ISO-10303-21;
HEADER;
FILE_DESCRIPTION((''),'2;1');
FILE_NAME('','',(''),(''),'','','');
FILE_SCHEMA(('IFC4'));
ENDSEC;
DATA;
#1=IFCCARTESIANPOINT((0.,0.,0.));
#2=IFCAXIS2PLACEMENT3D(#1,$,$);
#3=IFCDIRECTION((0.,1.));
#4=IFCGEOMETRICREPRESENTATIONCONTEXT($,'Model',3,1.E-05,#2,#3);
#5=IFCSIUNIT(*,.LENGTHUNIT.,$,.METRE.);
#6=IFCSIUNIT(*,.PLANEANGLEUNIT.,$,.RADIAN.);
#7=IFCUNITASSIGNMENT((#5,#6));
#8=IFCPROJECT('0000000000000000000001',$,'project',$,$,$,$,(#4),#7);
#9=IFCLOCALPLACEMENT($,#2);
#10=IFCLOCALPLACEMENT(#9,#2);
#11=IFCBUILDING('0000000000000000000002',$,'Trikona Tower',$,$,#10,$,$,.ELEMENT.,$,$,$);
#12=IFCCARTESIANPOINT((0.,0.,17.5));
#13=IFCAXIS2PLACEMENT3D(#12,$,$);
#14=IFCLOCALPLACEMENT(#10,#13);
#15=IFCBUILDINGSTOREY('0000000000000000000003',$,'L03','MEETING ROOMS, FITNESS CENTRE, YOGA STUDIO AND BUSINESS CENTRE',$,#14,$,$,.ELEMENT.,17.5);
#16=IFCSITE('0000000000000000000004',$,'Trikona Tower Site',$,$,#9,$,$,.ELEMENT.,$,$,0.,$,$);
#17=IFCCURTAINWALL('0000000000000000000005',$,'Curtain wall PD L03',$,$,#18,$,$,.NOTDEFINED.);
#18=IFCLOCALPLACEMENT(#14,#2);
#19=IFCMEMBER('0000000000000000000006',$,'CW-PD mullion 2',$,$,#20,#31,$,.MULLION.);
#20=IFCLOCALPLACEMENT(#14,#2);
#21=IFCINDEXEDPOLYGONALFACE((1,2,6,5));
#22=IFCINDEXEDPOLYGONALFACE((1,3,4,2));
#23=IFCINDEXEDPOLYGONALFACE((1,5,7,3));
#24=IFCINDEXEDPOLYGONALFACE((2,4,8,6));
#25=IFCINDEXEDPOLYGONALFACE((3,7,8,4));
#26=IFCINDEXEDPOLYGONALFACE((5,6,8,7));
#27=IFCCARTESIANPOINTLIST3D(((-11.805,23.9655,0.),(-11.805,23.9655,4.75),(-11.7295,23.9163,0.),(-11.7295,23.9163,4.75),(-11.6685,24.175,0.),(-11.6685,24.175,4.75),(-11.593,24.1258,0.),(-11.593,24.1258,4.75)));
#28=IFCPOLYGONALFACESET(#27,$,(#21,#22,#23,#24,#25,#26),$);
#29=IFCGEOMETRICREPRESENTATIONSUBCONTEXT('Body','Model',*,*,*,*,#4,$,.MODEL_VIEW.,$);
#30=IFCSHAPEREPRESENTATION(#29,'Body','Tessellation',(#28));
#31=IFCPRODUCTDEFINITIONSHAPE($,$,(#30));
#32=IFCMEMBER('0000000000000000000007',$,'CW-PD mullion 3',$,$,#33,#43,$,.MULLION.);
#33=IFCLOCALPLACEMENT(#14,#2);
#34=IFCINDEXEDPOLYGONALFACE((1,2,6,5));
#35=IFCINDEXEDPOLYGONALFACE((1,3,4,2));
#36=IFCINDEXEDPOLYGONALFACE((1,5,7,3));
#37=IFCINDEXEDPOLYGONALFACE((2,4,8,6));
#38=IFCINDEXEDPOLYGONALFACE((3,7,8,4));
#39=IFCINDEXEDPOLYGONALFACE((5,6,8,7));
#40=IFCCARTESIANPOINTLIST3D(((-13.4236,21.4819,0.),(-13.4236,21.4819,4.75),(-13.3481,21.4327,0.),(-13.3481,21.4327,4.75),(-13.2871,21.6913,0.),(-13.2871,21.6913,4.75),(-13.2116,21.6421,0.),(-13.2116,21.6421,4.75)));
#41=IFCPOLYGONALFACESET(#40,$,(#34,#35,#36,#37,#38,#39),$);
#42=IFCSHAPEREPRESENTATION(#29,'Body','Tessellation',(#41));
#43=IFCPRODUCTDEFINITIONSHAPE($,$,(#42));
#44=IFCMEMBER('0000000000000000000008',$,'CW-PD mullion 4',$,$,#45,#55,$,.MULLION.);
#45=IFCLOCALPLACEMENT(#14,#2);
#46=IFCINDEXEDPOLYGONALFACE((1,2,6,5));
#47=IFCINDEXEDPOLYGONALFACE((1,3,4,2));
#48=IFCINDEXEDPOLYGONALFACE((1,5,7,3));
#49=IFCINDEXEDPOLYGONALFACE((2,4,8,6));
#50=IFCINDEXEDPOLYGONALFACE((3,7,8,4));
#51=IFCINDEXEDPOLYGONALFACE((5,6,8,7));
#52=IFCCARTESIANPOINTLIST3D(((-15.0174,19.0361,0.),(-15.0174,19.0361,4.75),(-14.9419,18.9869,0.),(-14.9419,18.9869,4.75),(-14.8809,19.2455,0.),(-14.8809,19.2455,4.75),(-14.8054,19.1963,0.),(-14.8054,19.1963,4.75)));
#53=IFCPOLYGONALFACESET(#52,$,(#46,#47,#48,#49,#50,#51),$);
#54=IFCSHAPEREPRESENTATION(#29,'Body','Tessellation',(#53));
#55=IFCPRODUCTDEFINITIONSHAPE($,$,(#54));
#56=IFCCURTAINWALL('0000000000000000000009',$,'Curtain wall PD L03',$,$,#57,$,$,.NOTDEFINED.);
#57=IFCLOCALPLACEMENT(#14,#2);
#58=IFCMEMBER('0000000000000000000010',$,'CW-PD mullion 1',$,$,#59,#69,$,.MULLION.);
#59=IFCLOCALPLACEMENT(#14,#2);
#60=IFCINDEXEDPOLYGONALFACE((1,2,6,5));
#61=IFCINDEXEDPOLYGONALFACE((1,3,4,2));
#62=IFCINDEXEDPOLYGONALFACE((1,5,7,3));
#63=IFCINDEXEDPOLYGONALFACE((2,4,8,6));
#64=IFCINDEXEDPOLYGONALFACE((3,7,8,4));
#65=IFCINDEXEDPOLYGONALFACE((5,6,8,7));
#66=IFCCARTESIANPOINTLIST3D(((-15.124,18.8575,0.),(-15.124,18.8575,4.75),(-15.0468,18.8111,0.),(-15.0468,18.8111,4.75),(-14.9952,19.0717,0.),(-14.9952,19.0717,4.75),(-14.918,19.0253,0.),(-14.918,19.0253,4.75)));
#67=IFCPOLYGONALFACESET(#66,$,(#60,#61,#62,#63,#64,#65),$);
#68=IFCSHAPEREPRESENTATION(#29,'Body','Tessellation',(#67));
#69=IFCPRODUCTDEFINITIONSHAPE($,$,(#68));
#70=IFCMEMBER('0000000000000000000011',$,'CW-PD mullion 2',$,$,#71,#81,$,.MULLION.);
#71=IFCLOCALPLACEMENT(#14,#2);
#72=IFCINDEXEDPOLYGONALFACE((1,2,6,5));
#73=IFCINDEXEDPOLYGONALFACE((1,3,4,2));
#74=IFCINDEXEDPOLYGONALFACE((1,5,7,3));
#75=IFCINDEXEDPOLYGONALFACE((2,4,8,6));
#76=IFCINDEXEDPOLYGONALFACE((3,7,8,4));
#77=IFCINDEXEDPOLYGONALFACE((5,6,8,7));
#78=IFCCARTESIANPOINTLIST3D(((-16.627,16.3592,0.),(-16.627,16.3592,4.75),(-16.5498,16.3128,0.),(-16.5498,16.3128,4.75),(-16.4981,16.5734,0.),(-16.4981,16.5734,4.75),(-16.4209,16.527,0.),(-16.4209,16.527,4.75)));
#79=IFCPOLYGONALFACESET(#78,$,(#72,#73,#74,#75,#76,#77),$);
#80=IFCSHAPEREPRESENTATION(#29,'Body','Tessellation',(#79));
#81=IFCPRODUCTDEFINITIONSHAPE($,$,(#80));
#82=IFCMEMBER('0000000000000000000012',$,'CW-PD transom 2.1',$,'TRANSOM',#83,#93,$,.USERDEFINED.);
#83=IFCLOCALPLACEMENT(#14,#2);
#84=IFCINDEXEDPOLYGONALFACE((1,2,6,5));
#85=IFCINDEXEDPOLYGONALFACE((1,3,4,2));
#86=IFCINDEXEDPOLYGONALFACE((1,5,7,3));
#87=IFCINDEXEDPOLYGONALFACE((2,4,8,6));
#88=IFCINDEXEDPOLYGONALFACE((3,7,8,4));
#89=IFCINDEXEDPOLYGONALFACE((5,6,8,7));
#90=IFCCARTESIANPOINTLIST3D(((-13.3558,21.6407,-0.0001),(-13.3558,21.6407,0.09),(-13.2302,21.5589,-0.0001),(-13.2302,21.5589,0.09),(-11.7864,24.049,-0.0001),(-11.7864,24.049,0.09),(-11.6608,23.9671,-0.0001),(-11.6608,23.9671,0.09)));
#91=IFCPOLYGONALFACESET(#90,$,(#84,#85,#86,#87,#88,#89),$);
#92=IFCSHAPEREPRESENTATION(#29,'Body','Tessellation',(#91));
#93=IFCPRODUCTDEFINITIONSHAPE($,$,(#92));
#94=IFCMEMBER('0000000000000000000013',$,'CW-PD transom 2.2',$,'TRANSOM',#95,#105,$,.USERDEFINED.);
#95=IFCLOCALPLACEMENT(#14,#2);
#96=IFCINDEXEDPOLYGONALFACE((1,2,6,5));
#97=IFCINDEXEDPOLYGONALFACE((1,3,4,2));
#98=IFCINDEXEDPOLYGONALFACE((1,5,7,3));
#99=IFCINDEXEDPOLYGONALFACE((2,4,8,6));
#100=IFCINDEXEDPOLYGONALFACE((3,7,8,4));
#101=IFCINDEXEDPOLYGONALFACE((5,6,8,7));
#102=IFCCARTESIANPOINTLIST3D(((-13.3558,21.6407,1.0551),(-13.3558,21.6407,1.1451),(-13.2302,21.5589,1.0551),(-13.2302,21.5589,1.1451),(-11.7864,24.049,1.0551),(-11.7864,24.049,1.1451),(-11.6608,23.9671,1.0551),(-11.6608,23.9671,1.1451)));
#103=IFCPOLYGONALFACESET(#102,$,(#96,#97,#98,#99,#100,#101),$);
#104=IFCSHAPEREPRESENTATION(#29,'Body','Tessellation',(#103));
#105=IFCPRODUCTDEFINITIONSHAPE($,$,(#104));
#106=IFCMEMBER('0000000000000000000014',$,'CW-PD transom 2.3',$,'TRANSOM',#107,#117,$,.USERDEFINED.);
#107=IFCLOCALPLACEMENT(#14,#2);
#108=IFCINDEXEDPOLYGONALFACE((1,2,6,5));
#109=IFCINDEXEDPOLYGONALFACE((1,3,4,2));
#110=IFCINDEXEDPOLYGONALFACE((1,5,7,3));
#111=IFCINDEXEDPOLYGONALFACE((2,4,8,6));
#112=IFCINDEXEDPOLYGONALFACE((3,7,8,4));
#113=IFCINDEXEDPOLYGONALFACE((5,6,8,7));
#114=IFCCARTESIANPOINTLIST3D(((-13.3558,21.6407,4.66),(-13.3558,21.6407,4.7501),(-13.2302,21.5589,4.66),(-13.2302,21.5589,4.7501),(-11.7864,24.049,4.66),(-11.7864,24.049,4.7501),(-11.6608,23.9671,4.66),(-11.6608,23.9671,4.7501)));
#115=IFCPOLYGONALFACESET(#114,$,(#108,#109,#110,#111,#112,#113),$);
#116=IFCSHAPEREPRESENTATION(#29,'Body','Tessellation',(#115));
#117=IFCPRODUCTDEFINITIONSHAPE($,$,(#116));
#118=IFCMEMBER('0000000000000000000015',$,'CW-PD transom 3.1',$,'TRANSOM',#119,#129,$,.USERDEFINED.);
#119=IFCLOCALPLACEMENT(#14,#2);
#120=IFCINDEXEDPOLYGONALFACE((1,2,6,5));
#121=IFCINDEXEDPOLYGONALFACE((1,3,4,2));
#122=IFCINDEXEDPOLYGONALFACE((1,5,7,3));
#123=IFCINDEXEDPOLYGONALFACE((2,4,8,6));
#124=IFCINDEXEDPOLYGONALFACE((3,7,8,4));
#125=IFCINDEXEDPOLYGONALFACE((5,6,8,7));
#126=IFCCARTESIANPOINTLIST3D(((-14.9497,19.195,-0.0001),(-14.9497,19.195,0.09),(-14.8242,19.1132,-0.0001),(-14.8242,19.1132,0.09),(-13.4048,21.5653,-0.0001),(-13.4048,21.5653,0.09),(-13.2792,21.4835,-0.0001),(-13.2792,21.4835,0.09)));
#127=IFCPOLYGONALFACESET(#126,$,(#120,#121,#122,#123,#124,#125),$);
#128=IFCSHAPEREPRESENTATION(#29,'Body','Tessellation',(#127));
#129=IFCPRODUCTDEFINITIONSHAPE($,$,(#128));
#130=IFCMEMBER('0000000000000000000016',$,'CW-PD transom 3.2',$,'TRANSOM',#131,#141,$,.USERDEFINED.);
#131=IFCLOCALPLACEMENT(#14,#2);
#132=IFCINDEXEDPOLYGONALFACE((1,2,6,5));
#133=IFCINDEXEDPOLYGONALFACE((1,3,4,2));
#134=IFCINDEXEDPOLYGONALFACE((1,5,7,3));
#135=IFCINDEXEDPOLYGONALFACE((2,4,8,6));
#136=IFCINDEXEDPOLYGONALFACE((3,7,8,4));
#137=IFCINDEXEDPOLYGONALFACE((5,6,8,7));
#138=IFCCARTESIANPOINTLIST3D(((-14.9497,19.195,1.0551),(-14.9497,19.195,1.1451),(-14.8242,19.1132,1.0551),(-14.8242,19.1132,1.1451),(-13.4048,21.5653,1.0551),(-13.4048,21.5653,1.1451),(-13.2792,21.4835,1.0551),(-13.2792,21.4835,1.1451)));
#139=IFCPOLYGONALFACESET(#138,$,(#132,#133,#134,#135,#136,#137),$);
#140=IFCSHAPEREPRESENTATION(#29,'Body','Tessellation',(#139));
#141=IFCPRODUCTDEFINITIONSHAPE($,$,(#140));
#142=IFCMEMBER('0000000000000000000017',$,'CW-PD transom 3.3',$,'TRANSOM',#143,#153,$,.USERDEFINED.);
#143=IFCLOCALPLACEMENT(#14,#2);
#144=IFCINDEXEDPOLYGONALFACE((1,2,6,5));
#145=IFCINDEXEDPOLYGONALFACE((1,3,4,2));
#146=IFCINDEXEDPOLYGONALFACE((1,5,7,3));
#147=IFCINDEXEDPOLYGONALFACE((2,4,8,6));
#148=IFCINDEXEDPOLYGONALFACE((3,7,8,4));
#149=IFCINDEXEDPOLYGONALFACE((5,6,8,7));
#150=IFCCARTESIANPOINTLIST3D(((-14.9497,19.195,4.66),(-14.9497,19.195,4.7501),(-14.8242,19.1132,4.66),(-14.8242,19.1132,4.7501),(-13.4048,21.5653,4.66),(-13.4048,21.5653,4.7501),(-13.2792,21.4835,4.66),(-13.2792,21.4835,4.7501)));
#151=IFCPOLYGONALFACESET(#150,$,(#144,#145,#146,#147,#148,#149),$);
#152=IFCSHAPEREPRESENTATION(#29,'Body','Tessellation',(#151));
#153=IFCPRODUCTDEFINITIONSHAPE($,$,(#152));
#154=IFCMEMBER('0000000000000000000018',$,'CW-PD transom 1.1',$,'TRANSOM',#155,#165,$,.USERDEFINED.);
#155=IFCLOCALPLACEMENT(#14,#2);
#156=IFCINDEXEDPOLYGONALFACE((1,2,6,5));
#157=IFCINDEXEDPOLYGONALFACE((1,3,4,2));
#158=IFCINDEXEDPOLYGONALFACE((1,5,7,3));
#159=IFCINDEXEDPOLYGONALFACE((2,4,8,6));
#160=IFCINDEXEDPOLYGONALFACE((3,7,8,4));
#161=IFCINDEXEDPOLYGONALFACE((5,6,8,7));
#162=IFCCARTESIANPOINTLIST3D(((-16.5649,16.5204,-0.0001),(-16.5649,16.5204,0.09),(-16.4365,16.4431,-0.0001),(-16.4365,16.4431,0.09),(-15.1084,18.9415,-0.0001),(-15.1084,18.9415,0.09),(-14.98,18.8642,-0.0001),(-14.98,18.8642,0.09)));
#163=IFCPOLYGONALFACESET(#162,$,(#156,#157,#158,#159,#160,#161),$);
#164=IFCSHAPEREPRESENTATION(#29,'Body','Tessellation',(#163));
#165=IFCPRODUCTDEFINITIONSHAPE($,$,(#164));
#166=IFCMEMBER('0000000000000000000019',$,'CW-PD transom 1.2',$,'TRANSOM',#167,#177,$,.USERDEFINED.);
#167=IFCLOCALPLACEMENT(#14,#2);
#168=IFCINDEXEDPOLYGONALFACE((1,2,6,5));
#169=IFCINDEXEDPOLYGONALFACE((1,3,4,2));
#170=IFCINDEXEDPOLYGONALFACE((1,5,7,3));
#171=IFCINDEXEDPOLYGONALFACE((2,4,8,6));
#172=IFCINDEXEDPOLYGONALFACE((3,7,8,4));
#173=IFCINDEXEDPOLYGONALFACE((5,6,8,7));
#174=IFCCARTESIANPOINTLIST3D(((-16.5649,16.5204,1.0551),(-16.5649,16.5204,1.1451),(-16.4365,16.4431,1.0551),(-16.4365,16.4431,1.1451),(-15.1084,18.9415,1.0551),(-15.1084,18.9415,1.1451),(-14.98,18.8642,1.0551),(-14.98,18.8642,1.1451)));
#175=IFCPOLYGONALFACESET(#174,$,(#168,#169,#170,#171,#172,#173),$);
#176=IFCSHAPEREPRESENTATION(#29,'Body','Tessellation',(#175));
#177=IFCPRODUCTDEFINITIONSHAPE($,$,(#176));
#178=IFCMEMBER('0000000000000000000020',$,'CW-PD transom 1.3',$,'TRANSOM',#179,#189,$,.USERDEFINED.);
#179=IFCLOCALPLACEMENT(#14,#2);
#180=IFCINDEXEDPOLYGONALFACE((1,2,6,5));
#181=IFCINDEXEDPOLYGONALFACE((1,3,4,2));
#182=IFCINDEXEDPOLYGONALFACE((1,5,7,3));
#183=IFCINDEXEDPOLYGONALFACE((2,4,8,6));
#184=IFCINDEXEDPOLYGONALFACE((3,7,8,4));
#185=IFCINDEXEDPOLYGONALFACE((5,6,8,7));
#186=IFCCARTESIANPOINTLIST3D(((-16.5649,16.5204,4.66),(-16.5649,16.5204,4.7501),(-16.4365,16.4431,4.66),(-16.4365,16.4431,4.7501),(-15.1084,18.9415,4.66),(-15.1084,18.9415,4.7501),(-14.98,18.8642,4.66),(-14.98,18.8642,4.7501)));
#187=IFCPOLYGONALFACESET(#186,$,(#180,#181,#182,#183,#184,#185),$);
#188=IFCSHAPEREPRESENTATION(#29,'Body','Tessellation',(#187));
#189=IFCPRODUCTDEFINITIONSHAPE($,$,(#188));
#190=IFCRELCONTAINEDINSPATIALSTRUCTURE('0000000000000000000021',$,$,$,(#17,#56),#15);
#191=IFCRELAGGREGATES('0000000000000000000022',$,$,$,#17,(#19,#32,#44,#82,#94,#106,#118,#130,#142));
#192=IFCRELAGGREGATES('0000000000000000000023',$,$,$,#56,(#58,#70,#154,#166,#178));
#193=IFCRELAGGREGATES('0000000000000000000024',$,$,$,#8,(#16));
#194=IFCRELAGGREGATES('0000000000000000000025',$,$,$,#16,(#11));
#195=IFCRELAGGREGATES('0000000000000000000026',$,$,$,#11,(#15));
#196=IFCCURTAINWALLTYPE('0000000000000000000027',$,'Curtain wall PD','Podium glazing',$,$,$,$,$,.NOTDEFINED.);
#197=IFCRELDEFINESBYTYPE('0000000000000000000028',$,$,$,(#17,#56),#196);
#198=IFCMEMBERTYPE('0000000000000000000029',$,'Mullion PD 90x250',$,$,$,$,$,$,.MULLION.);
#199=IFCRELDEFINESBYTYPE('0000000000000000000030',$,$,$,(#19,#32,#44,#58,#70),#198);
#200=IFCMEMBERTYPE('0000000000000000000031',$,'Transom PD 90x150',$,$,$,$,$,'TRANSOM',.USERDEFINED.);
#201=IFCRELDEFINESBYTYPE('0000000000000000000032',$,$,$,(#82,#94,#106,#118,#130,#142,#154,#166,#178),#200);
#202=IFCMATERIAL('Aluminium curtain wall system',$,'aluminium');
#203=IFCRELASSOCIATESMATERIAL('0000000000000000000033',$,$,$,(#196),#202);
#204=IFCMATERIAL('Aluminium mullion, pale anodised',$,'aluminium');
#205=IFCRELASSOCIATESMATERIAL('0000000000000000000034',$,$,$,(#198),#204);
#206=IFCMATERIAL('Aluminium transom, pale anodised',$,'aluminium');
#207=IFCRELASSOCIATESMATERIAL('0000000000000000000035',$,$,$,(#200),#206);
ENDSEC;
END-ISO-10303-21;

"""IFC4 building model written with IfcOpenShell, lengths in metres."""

from ifc_helpers import new_model, si_unit, direction, frame, origin, origin_2d, place, context, subcontext, project, spatial, rectangle, extrude, material, material_profile, profile_set, type_object, element, aggregate, save


model = new_model("IFC4")

# Units and contexts
model_context = context("Model", 3, precision=1e-05, world=origin(), true_north=direction((0.0, 1.0)))
body_context = subcontext(model_context, "Body", "Model", "MODEL_VIEW")
ifc_project = project(units=[si_unit("LENGTHUNIT", "METRE"), si_unit("PLANEANGLEUNIT", "RADIAN")], contexts=[model_context])

# Site, building, storey
site_placement = place(None, origin())
site = spatial("IfcSite", under=ifc_project, at=site_placement, Name="Trikona Tower Site", CompositionType="ELEMENT", RefElevation=0.0)
building_placement = place(site_placement, origin())
building = spatial("IfcBuilding", under=site, at=building_placement, Name="Trikona Tower", CompositionType="ELEMENT")
storey_placement = place(building_placement, frame((0.0, 0.0, 17.5)))
storey = spatial("IfcBuildingStorey", under=building, at=storey_placement, Name="L03", Description="MEETING ROOMS, FITNESS CENTRE, YOGA STUDIO AND BUSINESS CENTRE", CompositionType="ELEMENT", Elevation=17.5)

# Curtain walls, members
ifc_material_1 = material(Name="Aluminium curtain wall system", Category="aluminium")
curtain_wall_type = type_object("IfcCurtainWallType", Name="Curtain wall PD", Description="Podium glazing", PredefinedType="NOTDEFINED", material=ifc_material_1)
curtain_wall_1_placement = place(storey_placement, origin())
curtain_wall_1 = element("IfcCurtainWall", 1, at=curtain_wall_1_placement, inside=storey, type_object=curtain_wall_type, Name="Curtain wall PD L03", PredefinedType="NOTDEFINED")
ifc_material_2 = material(Name="Aluminium mullion, pale anodised", Category="aluminium")
ifc_material_profile_1 = material_profile(ifc_material_2, rectangle(XDim=0.0901, YDim=0.25, at=origin_2d()), Name="MUL-PD")
ifc_profile_set_1 = profile_set([ifc_material_profile_1], Name="Aluminium mullion, pale anodised")
member_type_1 = type_object("IfcMemberType", Name="Mullion PD 90x250", PredefinedType="MULLION", material=ifc_profile_set_1)
member_1_placement = place(storey_placement, frame((-11.699, 24.0457, 0.0), z_axis=(0.0, 0.0, 1.0), x_axis=(0.8378, -0.545977, 0.0)))
member_1 = element("IfcMember", 2, at=member_1_placement, type_object=member_type_1, Name="CW-PD mullion 2", PredefinedType="MULLION", context=body_context, shape_type="SweptSolid", body=[
    extrude(rectangle(XDim=0.0901, YDim=0.25, at=origin_2d()), origin(), (0.0, 0.0, 1.0), 4.75),
])
member_2_placement = place(storey_placement, frame((-13.3176, 21.562, 0.0), z_axis=(0.0, 0.0, 1.0), x_axis=(0.8378, -0.545977, 0.0)))
member_2 = element("IfcMember", 3, at=member_2_placement, type_object=member_type_1, Name="CW-PD mullion 3", PredefinedType="MULLION", context=body_context, shape_type="SweptSolid", body=[
    extrude(rectangle(XDim=0.0901, YDim=0.25, at=origin_2d()), origin(), (0.0, 0.0, 1.0), 4.75),
])
member_3_placement = place(storey_placement, frame((-14.9114, 19.1162, 0.0), z_axis=(0.0, 0.0, 1.0), x_axis=(0.8378, -0.545977, 0.0)))
member_3 = element("IfcMember", 4, at=member_3_placement, type_object=member_type_1, Name="CW-PD mullion 4", PredefinedType="MULLION", context=body_context, shape_type="SweptSolid", body=[
    extrude(rectangle(XDim=0.0901, YDim=0.25, at=origin_2d()), origin(), (0.0, 0.0, 1.0), 4.75),
])
curtain_wall_2_placement = place(storey_placement, origin())
curtain_wall_2 = element("IfcCurtainWall", 5, at=curtain_wall_2_placement, inside=storey, type_object=curtain_wall_type, Name="Curtain wall PD L03", PredefinedType="NOTDEFINED")
member_4_placement = place(storey_placement, frame((-15.021, 18.9414, 0.0), z_axis=(0.0, 0.0, 1.0), x_axis=(0.85688, -0.515515, 0.0)))
member_4 = element("IfcMember", 6, at=member_4_placement, type_object=member_type_1, Name="CW-PD mullion 1", PredefinedType="MULLION", context=body_context, shape_type="SweptSolid", body=[
    extrude(rectangle(XDim=0.0901, YDim=0.25, at=origin_2d()), origin(), (0.0, 0.0, 1.0), 4.75),
])
member_5_placement = place(storey_placement, frame((-16.5239, 16.4431, 0.0), z_axis=(0.0, 0.0, 1.0), x_axis=(0.85688, -0.515515, 0.0)))
member_5 = element("IfcMember", 7, at=member_5_placement, type_object=member_type_1, Name="CW-PD mullion 2", PredefinedType="MULLION", context=body_context, shape_type="SweptSolid", body=[
    extrude(rectangle(XDim=0.0901, YDim=0.25, at=origin_2d()), origin(), (0.0, 0.0, 1.0), 4.75),
])

# Members
ifc_material_3 = material(Name="Aluminium transom, pale anodised", Category="aluminium")
ifc_material_profile_2 = material_profile(ifc_material_3, rectangle(XDim=0.1499, YDim=0.0901, at=origin_2d()), Name="TRN-PD")
ifc_profile_set_2 = profile_set([ifc_material_profile_2], Name="Aluminium transom, pale anodised")
member_type_2 = type_object("IfcMemberType", Name="Transom PD 90x150", ElementType="TRANSOM", PredefinedType="USERDEFINED", material=ifc_profile_set_2)
member_6_placement = place(storey_placement, frame((-11.7236, 24.0081, 0.0449), z_axis=(-0.545967, -0.837807, 0.0), x_axis=(0.837807, -0.545967, 0.0)))
member_6 = element("IfcMember", 8, at=member_6_placement, type_object=member_type_2, Name="CW-PD transom 2.1", ObjectType="TRANSOM", PredefinedType="USERDEFINED", context=body_context, shape_type="SweptSolid", body=[
    extrude(rectangle(XDim=0.1499, YDim=0.0901, at=origin_2d()), origin(), (0.0, 0.0, 1.0), 2.8745),
])
member_7_placement = place(storey_placement, frame((-11.7236, 24.0081, 1.1001), z_axis=(-0.545967, -0.837807, 0.0), x_axis=(0.837807, -0.545967, 0.0)))
member_7 = element("IfcMember", 9, at=member_7_placement, type_object=member_type_2, Name="CW-PD transom 2.2", ObjectType="TRANSOM", PredefinedType="USERDEFINED", context=body_context, shape_type="SweptSolid", body=[
    extrude(rectangle(XDim=0.1499, YDim=0.0901, at=origin_2d()), origin(), (0.0, 0.0, 1.0), 2.8745),
])
member_8_placement = place(storey_placement, frame((-11.7236, 24.0081, 4.7051), z_axis=(-0.545967, -0.837807, 0.0), x_axis=(0.837807, -0.545967, 0.0)))
member_8 = element("IfcMember", 10, at=member_8_placement, type_object=member_type_2, Name="CW-PD transom 2.3", ObjectType="TRANSOM", PredefinedType="USERDEFINED", context=body_context, shape_type="SweptSolid", body=[
    extrude(rectangle(XDim=0.1499, YDim=0.0901, at=origin_2d()), origin(), (0.0, 0.0, 1.0), 2.8745),
])
member_9_placement = place(storey_placement, frame((-13.342, 21.5244, 0.0449), z_axis=(-0.546028, -0.837767, 0.0), x_axis=(0.837767, -0.546028, 0.0)))
member_9 = element("IfcMember", 11, at=member_9_placement, type_object=member_type_2, Name="CW-PD transom 3.1", ObjectType="TRANSOM", PredefinedType="USERDEFINED", context=body_context, shape_type="SweptSolid", body=[
    extrude(rectangle(XDim=0.1499, YDim=0.0901, at=origin_2d()), origin(), (0.0, 0.0, 1.0), 2.8293),
])
member_10_placement = place(storey_placement, frame((-13.342, 21.5244, 1.1001), z_axis=(-0.546028, -0.837767, 0.0), x_axis=(0.837767, -0.546028, 0.0)))
member_10 = element("IfcMember", 12, at=member_10_placement, type_object=member_type_2, Name="CW-PD transom 3.2", ObjectType="TRANSOM", PredefinedType="USERDEFINED", context=body_context, shape_type="SweptSolid", body=[
    extrude(rectangle(XDim=0.1499, YDim=0.0901, at=origin_2d()), origin(), (0.0, 0.0, 1.0), 2.8293),
])
member_11_placement = place(storey_placement, frame((-13.342, 21.5244, 4.7051), z_axis=(-0.546028, -0.837767, 0.0), x_axis=(0.837767, -0.546028, 0.0)))
member_11 = element("IfcMember", 13, at=member_11_placement, type_object=member_type_2, Name="CW-PD transom 3.3", ObjectType="TRANSOM", PredefinedType="USERDEFINED", context=body_context, shape_type="SweptSolid", body=[
    extrude(rectangle(XDim=0.1499, YDim=0.0901, at=origin_2d()), origin(), (0.0, 0.0, 1.0), 2.8293),
])
member_12_placement = place(storey_placement, frame((-15.0442, 18.9028, 0.0449), z_axis=(-0.515499, -0.85689, 0.0), x_axis=(0.85689, -0.515499, 0.0)))
member_12 = element("IfcMember", 14, at=member_12_placement, type_object=member_type_2, Name="CW-PD transom 1.1", ObjectType="TRANSOM", PredefinedType="USERDEFINED", context=body_context, shape_type="SweptSolid", body=[
    extrude(rectangle(XDim=0.1499, YDim=0.0901, at=origin_2d()), origin(), (0.0, 0.0, 1.0), 2.8254),
])
member_13_placement = place(storey_placement, frame((-15.0442, 18.9028, 1.1001), z_axis=(-0.515499, -0.85689, 0.0), x_axis=(0.85689, -0.515499, 0.0)))
member_13 = element("IfcMember", 15, at=member_13_placement, type_object=member_type_2, Name="CW-PD transom 1.2", ObjectType="TRANSOM", PredefinedType="USERDEFINED", context=body_context, shape_type="SweptSolid", body=[
    extrude(rectangle(XDim=0.1499, YDim=0.0901, at=origin_2d()), origin(), (0.0, 0.0, 1.0), 2.8254),
])
member_14_placement = place(storey_placement, frame((-15.0442, 18.9028, 4.7051), z_axis=(-0.515499, -0.85689, 0.0), x_axis=(0.85689, -0.515499, 0.0)))
member_14 = element("IfcMember", 16, at=member_14_placement, type_object=member_type_2, Name="CW-PD transom 1.3", ObjectType="TRANSOM", PredefinedType="USERDEFINED", context=body_context, shape_type="SweptSolid", body=[
    extrude(rectangle(XDim=0.1499, YDim=0.0901, at=origin_2d()), origin(), (0.0, 0.0, 1.0), 2.8254),
])

aggregate(curtain_wall_1, [member_1, member_2, member_3, member_6, member_7, member_8, member_9, member_10, member_11])
aggregate(curtain_wall_2, [member_4, member_5, member_12, member_13, member_14])

save(model, "model.ifc")
